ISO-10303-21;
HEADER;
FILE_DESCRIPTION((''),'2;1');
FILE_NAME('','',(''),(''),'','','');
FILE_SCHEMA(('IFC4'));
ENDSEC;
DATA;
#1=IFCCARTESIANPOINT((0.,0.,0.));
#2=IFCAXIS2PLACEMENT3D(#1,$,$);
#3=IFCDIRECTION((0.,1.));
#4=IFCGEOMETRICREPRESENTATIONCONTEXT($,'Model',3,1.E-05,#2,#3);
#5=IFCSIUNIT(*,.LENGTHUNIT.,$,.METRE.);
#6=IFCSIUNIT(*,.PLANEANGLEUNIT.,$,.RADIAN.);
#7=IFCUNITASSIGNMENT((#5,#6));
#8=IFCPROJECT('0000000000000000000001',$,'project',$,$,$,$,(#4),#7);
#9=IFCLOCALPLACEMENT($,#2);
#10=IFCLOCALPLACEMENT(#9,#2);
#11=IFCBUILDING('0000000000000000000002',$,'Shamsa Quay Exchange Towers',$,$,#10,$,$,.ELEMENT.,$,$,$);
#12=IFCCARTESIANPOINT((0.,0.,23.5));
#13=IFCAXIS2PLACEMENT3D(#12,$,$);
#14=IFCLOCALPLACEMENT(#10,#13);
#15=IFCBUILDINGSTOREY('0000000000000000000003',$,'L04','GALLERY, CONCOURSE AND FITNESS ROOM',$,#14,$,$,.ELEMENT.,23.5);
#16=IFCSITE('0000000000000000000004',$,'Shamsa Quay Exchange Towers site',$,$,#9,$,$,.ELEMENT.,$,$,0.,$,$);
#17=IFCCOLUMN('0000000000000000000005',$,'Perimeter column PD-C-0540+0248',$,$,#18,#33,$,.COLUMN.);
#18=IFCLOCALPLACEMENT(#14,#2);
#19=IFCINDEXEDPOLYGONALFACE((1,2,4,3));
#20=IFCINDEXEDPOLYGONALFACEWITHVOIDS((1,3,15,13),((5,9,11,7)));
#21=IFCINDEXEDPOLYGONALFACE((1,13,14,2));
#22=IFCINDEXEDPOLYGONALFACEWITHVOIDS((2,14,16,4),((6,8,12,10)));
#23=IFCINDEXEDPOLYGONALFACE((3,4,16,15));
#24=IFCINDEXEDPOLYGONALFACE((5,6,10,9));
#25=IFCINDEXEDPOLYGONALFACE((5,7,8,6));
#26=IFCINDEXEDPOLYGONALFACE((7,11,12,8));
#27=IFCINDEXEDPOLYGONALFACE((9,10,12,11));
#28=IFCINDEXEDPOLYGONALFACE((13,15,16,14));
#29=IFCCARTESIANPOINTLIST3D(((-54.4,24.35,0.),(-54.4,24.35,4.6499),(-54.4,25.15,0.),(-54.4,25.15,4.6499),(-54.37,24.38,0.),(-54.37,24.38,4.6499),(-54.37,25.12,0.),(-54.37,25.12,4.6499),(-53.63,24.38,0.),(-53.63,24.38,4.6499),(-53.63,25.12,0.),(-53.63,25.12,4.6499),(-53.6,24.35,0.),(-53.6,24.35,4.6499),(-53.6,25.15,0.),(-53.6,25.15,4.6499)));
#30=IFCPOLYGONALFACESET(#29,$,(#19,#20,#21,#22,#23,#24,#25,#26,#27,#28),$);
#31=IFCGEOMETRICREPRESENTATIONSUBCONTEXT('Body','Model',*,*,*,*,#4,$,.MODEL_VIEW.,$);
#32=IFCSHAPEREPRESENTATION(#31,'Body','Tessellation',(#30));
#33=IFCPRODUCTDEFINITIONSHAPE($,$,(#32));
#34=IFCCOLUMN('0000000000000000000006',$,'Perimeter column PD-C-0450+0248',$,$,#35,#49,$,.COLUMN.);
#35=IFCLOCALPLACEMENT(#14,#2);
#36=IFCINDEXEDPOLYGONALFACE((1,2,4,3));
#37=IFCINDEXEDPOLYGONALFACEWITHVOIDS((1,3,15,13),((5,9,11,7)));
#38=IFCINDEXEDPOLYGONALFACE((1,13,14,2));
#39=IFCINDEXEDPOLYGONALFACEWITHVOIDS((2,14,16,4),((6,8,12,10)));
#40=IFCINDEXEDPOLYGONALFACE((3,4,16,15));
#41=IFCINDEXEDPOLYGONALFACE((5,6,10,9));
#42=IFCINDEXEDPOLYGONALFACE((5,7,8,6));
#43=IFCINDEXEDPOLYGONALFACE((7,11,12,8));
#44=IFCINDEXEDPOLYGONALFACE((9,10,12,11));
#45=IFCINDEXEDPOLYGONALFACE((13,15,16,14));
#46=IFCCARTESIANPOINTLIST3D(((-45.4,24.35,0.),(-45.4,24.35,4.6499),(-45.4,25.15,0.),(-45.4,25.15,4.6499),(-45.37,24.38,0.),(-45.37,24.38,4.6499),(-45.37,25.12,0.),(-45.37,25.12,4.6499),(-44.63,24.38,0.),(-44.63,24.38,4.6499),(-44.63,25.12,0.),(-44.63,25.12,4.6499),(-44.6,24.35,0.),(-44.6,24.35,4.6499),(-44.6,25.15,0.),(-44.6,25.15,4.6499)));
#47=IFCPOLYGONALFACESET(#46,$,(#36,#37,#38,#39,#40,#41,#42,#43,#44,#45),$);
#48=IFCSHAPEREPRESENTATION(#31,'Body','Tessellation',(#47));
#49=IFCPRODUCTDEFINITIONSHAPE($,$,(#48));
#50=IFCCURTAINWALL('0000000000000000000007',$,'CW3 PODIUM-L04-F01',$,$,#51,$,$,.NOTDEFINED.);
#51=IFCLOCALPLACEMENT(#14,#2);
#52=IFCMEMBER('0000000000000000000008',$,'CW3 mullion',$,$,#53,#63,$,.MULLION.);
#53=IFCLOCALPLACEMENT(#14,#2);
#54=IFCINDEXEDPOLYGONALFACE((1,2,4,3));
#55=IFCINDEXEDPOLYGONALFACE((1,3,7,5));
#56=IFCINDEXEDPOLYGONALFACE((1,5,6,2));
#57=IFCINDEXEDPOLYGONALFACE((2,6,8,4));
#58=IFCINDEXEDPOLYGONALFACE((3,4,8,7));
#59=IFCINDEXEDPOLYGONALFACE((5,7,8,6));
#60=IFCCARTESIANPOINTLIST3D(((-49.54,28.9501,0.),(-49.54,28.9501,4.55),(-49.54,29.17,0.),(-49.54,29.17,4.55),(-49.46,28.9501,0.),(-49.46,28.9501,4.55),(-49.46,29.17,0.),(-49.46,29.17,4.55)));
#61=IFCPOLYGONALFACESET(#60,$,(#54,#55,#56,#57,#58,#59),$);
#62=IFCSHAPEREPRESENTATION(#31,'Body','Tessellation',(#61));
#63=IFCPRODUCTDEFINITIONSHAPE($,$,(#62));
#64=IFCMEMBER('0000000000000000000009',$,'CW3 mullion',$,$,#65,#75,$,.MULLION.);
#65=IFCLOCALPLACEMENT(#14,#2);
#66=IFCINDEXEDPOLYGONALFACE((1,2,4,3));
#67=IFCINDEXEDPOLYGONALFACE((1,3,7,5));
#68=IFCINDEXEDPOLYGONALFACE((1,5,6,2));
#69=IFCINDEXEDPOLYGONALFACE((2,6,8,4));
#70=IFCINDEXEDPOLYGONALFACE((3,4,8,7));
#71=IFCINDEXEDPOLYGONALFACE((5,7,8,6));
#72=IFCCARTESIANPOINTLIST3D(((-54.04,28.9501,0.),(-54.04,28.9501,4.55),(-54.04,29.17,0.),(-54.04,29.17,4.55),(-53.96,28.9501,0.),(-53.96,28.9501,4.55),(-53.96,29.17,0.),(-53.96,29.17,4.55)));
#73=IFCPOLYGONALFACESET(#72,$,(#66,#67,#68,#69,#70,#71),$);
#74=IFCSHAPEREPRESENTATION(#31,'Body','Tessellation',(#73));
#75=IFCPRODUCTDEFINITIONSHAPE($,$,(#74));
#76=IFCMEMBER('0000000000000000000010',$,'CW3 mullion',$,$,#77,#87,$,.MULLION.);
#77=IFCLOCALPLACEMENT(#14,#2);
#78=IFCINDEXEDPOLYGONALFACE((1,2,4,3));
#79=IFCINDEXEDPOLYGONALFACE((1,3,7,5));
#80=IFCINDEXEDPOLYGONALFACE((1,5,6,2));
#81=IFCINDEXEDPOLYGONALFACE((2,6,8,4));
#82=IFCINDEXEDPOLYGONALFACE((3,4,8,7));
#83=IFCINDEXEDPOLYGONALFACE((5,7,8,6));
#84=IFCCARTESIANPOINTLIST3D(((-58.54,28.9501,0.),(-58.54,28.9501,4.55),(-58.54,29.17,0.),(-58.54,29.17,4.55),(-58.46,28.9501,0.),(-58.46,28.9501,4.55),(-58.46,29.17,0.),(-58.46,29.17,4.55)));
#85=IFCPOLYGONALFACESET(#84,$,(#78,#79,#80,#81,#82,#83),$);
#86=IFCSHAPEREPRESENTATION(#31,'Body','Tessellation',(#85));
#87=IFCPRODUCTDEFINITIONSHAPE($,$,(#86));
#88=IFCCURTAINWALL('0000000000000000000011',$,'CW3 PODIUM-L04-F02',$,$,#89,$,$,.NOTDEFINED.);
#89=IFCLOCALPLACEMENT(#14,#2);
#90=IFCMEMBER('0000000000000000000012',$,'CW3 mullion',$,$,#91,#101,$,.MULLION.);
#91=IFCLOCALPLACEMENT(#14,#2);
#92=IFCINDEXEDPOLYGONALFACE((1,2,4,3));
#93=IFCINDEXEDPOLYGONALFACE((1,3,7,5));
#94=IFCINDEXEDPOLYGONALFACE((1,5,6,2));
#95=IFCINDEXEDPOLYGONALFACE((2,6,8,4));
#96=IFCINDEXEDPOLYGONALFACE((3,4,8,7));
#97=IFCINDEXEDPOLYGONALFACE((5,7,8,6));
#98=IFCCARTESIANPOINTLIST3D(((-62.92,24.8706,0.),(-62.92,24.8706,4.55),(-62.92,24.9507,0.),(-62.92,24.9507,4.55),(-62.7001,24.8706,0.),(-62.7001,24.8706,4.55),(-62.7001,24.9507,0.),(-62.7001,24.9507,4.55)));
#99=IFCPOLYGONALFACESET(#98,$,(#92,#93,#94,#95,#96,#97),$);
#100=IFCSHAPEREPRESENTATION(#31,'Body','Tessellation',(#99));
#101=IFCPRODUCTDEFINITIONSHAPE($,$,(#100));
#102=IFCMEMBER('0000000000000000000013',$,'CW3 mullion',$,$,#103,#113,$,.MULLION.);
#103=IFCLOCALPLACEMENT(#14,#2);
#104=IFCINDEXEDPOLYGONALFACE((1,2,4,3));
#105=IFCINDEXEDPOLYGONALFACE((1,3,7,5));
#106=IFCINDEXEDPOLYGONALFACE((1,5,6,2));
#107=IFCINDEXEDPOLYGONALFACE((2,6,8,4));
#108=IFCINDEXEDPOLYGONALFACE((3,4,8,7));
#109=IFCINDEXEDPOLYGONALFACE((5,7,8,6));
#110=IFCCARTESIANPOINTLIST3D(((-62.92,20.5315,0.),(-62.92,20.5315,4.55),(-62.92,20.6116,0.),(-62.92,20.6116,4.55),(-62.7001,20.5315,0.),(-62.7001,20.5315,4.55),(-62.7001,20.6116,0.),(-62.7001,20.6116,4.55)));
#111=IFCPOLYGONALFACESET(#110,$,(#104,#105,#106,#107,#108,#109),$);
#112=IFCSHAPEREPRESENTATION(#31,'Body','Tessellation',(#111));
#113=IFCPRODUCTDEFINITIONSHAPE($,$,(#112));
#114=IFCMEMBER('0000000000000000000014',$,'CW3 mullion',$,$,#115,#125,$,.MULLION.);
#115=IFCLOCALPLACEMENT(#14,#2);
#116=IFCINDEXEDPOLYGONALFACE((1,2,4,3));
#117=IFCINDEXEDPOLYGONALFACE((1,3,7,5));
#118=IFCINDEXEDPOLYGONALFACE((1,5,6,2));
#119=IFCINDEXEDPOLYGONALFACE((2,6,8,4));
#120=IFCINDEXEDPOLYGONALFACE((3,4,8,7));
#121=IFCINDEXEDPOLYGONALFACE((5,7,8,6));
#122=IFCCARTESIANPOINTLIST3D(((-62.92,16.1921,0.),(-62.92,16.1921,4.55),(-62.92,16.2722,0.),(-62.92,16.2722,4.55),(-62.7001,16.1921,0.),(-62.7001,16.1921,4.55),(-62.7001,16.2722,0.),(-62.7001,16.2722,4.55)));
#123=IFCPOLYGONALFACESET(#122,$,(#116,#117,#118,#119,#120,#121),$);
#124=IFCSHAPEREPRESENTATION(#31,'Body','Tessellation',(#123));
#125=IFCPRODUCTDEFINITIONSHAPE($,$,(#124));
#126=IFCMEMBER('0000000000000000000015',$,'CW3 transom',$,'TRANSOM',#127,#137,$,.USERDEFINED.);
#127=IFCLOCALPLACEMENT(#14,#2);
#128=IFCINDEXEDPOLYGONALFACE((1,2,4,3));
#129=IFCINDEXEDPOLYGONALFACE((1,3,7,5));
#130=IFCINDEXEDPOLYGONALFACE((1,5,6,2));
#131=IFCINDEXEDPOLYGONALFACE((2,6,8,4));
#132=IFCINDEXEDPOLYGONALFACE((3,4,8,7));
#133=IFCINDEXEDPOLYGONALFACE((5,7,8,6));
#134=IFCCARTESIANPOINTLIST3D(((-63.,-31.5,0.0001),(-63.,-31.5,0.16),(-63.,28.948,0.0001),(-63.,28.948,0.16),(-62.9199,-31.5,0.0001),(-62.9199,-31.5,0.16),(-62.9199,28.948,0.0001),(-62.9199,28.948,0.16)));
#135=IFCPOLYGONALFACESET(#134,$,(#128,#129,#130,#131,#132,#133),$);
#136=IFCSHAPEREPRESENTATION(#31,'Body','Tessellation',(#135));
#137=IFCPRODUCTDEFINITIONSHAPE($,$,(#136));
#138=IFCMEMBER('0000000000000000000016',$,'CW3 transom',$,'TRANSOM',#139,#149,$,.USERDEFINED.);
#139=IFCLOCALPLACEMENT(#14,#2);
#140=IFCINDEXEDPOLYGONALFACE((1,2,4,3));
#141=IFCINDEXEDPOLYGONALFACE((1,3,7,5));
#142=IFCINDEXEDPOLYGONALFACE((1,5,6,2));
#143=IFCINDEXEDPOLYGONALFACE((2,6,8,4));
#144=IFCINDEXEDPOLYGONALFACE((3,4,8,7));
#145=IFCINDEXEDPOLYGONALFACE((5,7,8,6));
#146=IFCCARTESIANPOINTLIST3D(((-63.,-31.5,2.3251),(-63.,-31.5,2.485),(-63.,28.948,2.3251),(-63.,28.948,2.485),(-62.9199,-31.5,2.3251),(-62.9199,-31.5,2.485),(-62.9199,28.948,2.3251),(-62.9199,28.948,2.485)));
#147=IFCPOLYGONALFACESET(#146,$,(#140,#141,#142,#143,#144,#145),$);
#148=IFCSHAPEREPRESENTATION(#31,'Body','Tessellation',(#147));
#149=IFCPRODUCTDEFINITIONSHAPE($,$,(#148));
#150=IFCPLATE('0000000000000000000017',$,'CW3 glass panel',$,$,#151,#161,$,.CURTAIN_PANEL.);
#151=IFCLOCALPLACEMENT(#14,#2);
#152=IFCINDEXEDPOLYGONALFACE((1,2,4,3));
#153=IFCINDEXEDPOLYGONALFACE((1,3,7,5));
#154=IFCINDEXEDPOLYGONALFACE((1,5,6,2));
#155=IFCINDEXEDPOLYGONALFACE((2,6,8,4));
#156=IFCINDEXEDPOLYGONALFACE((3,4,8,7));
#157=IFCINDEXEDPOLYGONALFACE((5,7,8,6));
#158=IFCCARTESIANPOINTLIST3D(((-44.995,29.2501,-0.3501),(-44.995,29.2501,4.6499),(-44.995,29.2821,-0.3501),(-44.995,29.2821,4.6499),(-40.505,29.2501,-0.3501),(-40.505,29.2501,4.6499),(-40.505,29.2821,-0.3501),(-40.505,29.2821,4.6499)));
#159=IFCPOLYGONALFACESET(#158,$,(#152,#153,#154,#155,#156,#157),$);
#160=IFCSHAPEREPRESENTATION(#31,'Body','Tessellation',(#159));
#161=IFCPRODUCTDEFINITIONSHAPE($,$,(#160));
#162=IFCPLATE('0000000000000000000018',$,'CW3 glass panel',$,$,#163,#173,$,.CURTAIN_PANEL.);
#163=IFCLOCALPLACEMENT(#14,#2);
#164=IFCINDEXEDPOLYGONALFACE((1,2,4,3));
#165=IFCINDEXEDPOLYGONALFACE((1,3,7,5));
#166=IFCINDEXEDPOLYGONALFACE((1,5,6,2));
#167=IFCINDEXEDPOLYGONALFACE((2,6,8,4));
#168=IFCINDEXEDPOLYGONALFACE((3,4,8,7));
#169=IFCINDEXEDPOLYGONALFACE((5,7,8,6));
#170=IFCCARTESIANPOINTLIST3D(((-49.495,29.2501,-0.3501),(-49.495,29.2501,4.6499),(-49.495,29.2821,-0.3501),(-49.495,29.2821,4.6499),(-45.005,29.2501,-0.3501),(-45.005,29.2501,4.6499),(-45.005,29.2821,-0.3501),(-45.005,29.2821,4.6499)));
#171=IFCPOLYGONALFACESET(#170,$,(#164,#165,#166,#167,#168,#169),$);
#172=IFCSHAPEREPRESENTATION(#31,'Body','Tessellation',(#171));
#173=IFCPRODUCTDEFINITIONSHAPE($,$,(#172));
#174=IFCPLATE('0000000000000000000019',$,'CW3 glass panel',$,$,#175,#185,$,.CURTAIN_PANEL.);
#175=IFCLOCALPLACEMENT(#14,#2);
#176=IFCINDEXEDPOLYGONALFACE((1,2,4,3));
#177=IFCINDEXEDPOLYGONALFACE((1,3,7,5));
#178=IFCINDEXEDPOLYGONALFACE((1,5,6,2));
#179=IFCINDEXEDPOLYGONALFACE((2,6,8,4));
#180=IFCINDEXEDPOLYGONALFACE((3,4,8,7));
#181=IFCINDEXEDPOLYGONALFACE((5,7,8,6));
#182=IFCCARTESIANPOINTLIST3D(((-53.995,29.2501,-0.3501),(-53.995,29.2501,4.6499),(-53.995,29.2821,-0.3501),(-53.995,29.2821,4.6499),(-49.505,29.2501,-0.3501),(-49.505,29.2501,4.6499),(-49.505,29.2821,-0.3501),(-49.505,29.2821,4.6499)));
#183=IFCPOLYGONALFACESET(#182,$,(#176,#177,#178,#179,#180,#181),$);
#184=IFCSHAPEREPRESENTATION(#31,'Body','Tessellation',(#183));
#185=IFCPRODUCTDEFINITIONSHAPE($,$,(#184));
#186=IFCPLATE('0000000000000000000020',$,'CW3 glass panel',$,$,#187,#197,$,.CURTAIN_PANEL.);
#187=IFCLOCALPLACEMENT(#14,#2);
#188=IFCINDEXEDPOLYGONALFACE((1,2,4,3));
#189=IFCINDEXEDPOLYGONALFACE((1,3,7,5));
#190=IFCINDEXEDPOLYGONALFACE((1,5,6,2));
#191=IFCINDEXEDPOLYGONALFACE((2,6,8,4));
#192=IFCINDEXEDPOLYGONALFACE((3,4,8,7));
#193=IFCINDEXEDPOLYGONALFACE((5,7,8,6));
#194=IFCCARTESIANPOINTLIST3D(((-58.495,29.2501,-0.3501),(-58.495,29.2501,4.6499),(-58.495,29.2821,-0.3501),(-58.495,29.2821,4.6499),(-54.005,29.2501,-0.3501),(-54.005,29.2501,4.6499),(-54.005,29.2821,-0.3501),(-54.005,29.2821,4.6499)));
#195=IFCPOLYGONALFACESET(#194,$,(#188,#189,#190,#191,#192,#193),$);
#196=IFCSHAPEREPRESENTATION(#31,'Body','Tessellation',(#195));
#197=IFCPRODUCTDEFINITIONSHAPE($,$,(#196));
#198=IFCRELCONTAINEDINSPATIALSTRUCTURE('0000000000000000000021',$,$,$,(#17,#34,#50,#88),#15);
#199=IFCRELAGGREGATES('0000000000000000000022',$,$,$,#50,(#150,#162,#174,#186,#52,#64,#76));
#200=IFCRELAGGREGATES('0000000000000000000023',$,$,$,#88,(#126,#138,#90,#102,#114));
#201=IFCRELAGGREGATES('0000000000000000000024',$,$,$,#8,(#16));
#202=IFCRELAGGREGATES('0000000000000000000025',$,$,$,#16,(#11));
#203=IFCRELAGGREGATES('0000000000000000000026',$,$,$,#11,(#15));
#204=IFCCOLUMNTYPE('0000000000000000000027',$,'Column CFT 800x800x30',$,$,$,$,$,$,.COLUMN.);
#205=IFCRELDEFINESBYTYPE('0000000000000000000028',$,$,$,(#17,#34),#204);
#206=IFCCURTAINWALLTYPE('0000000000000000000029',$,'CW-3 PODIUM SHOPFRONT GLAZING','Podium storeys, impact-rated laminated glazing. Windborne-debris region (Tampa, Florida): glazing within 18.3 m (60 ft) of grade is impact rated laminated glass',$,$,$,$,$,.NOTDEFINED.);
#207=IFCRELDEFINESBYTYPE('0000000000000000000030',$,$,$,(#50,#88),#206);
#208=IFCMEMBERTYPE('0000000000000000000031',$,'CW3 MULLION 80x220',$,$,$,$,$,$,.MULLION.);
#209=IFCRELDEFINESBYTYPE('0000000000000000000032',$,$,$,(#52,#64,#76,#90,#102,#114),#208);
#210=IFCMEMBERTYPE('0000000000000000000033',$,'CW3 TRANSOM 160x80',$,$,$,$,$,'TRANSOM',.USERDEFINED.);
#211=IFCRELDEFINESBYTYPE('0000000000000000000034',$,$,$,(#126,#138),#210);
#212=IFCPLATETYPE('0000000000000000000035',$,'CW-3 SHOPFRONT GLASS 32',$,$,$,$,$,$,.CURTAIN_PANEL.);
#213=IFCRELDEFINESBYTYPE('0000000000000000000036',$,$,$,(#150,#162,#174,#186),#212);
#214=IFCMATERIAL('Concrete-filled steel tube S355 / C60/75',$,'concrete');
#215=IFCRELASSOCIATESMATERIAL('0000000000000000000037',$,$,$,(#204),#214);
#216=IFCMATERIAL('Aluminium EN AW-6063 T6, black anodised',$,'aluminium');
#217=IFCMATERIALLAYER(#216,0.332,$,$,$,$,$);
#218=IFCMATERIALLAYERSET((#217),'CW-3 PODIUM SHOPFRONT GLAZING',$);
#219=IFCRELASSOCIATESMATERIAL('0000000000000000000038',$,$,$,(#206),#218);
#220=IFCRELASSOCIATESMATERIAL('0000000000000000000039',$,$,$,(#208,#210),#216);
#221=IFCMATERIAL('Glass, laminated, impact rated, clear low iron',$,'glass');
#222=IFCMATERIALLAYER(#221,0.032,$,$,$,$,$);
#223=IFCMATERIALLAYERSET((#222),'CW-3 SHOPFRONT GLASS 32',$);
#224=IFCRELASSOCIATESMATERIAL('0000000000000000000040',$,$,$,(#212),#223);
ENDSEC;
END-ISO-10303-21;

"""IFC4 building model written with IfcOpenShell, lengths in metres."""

from ifc_helpers import new_model, si_unit, direction, frame, origin, origin_2d, place, context, subcontext, project, spatial, rectangle, hollow_rectangle, extrude, material, layer, layer_set, material_profile, profile_set, type_object, element, aggregate, save


model = new_model("IFC4")

# Units and contexts
model_context = context("Model", 3, precision=1e-05, world=origin(), true_north=direction((0.0, 1.0)))
body_context = subcontext(model_context, "Body", "Model", "MODEL_VIEW")
ifc_project = project(units=[si_unit("LENGTHUNIT", "METRE"), si_unit("PLANEANGLEUNIT", "RADIAN")], contexts=[model_context])

# Site, building, storey
site_placement = place(None, origin())
site = spatial("IfcSite", under=ifc_project, at=site_placement, Name="Shamsa Quay Exchange Towers site", CompositionType="ELEMENT", RefElevation=0.0)
building_placement = place(site_placement, origin())
building = spatial("IfcBuilding", under=site, at=building_placement, Name="Shamsa Quay Exchange Towers", CompositionType="ELEMENT")
storey_placement = place(building_placement, frame((0.0, 0.0, 23.5)))
storey = spatial("IfcBuildingStorey", under=building, at=storey_placement, Name="L04", Description="GALLERY, CONCOURSE AND FITNESS ROOM", CompositionType="ELEMENT", Elevation=23.5)

# Columns
ifc_material_1 = material(Name="Concrete-filled steel tube S355 / C60/75", Category="concrete")
ifc_material_profile_1 = material_profile(ifc_material_1, hollow_rectangle(XDim=0.8, YDim=0.8, WallThickness=0.03, at=origin_2d()), Name="CFT 800x800x30")
ifc_profile_set_1 = profile_set([ifc_material_profile_1], Name="Concrete-filled steel tube S355 / C60/75")
column_type = type_object("IfcColumnType", Name="Column CFT 800x800x30", PredefinedType="COLUMN", material=ifc_profile_set_1)
for number, where, name in (
    (1, (-54.0, 24.75, 0.0), "Perimeter column PD-C-0540+0248"),
    (2, (-45.0, 24.75, 0.0), "Perimeter column PD-C-0450+0248"),
):
    element("IfcColumn", number, at=place(storey_placement, frame(where)), inside=storey, type_object=column_type, Name=name, PredefinedType="COLUMN", context=body_context, shape_type="SweptSolid", body=[
        extrude(hollow_rectangle(XDim=0.8, YDim=0.8, WallThickness=0.03, at=origin_2d()), origin(), (0.0, 0.0, 1.0), 4.6499),
    ])

# Curtain walls, members
ifc_material_2 = material(Name="Aluminium EN AW-6063 T6, black anodised", Category="aluminium")
ifc_layer_1 = layer(ifc_material_2, 0.332)
ifc_layer_set_1 = layer_set([ifc_layer_1], Name="CW-3 PODIUM SHOPFRONT GLAZING")
curtain_wall_type = type_object("IfcCurtainWallType", Name="CW-3 PODIUM SHOPFRONT GLAZING", Description="Podium storeys, impact-rated laminated glazing. Windborne-debris region (Tampa, Florida): glazing within 18.3 m (60 ft) of grade is impact rated laminated glass", PredefinedType="NOTDEFINED", material=ifc_layer_set_1)
curtain_wall_1_placement = place(storey_placement, origin())
curtain_wall_1 = element("IfcCurtainWall", 3, at=curtain_wall_1_placement, inside=storey, type_object=curtain_wall_type, Name="CW3 PODIUM-L04-F01", PredefinedType="NOTDEFINED")
ifc_material_profile_2 = material_profile(ifc_material_2, rectangle(XDim=0.22, YDim=0.0801, at=origin_2d()), Name="MU80x220")
ifc_profile_set_2 = profile_set([ifc_material_profile_2], Name="Aluminium EN AW-6063 T6, black anodised")
member_type_1 = type_object("IfcMemberType", Name="CW3 MULLION 80x220", PredefinedType="MULLION", material=ifc_profile_set_2)
member_1_placement = place(storey_placement, frame((-49.5, 29.0601, 0.0), z_axis=(0.0, 0.0, 1.0), x_axis=(0.0, -1.0, 0.0)))
member_1 = element("IfcMember", 4, at=member_1_placement, type_object=member_type_1, Name="CW3 mullion", PredefinedType="MULLION", context=body_context, shape_type="SweptSolid", body=[
    extrude(rectangle(XDim=0.22, YDim=0.0801, at=origin_2d()), origin(), (0.0, 0.0, 1.0), 4.55),
])
member_2_placement = place(storey_placement, frame((-54.0, 29.0601, 0.0), z_axis=(0.0, 0.0, 1.0), x_axis=(0.0, -1.0, 0.0)))
member_2 = element("IfcMember", 5, at=member_2_placement, type_object=member_type_1, Name="CW3 mullion", PredefinedType="MULLION", context=body_context, shape_type="SweptSolid", body=[
    extrude(rectangle(XDim=0.22, YDim=0.0801, at=origin_2d()), origin(), (0.0, 0.0, 1.0), 4.55),
])
member_3_placement = place(storey_placement, frame((-58.5, 29.0601, 0.0), z_axis=(0.0, 0.0, 1.0), x_axis=(0.0, -1.0, 0.0)))
member_3 = element("IfcMember", 6, at=member_3_placement, type_object=member_type_1, Name="CW3 mullion", PredefinedType="MULLION", context=body_context, shape_type="SweptSolid", body=[
    extrude(rectangle(XDim=0.22, YDim=0.0801, at=origin_2d()), origin(), (0.0, 0.0, 1.0), 4.55),
])
curtain_wall_2_placement = place(storey_placement, origin())
curtain_wall_2 = element("IfcCurtainWall", 7, at=curtain_wall_2_placement, inside=storey, type_object=curtain_wall_type, Name="CW3 PODIUM-L04-F02", PredefinedType="NOTDEFINED")
member_4_placement = place(storey_placement, frame((-62.8101, 24.9106, 0.0)))
member_4 = element("IfcMember", 8, at=member_4_placement, type_object=member_type_1, Name="CW3 mullion", PredefinedType="MULLION", context=body_context, shape_type="SweptSolid", body=[
    extrude(rectangle(XDim=0.22, YDim=0.0801, at=origin_2d()), origin(), (0.0, 0.0, 1.0), 4.55),
])
member_5_placement = place(storey_placement, frame((-62.8101, 20.5715, 0.0)))
member_5 = element("IfcMember", 9, at=member_5_placement, type_object=member_type_1, Name="CW3 mullion", PredefinedType="MULLION", context=body_context, shape_type="SweptSolid", body=[
    extrude(rectangle(XDim=0.22, YDim=0.0801, at=origin_2d()), origin(), (0.0, 0.0, 1.0), 4.55),
])
member_6_placement = place(storey_placement, frame((-62.8101, 16.2322, 0.0)))
member_6 = element("IfcMember", 10, at=member_6_placement, type_object=member_type_1, Name="CW3 mullion", PredefinedType="MULLION", context=body_context, shape_type="SweptSolid", body=[
    extrude(rectangle(XDim=0.22, YDim=0.0801, at=origin_2d()), origin(), (0.0, 0.0, 1.0), 4.55),
])
ifc_material_profile_3 = material_profile(ifc_material_2, rectangle(XDim=0.0801, YDim=0.1599, at=origin_2d()), Name="TR160x80")
ifc_profile_set_3 = profile_set([ifc_material_profile_3], Name="Aluminium EN AW-6063 T6, black anodised")
member_type_2 = type_object("IfcMemberType", Name="CW3 TRANSOM 160x80", ElementType="TRANSOM", PredefinedType="USERDEFINED", material=ifc_profile_set_3)
member_7_placement = place(storey_placement, frame((-62.96, 28.948, 0.0801), z_axis=(0.0, -1.0, 0.0), x_axis=(1.0, 0.0, 0.0)))
member_7 = element("IfcMember", 11, at=member_7_placement, type_object=member_type_2, Name="CW3 transom", ObjectType="TRANSOM", PredefinedType="USERDEFINED", context=body_context, shape_type="SweptSolid", body=[
    extrude(rectangle(XDim=0.0801, YDim=0.1599, at=origin_2d()), origin(), (0.0, 0.0, 1.0), 60.448),
])
member_8_placement = place(storey_placement, frame((-62.96, 28.948, 2.405), z_axis=(0.0, -1.0, 0.0), x_axis=(1.0, 0.0, 0.0)))
member_8 = element("IfcMember", 12, at=member_8_placement, type_object=member_type_2, Name="CW3 transom", ObjectType="TRANSOM", PredefinedType="USERDEFINED", context=body_context, shape_type="SweptSolid", body=[
    extrude(rectangle(XDim=0.0801, YDim=0.1599, at=origin_2d()), origin(), (0.0, 0.0, 1.0), 60.448),
])

# Plates
ifc_material_3 = material(Name="Glass, laminated, impact rated, clear low iron", Category="glass")
ifc_layer_2 = layer(ifc_material_3, 0.032)
ifc_layer_set_2 = layer_set([ifc_layer_2], Name="CW-3 SHOPFRONT GLASS 32")
plate_type = type_object("IfcPlateType", Name="CW-3 SHOPFRONT GLASS 32", PredefinedType="CURTAIN_PANEL", material=ifc_layer_set_2)
plate_1_placement = place(storey_placement, frame((-42.75, 29.2661, -0.3501), z_axis=(0.0, 0.0, 1.0), x_axis=(-1.0, 0.0, 0.0)))
plate_1 = element("IfcPlate", 13, at=plate_1_placement, type_object=plate_type, Name="CW3 glass panel", PredefinedType="CURTAIN_PANEL", context=body_context, shape_type="SweptSolid", body=[
    extrude(rectangle(XDim=4.49, YDim=0.032, at=origin_2d()), origin(), (0.0, 0.0, 1.0), 5.0),
])
plate_2_placement = place(storey_placement, frame((-47.25, 29.2661, -0.3501), z_axis=(0.0, 0.0, 1.0), x_axis=(-1.0, 0.0, 0.0)))
plate_2 = element("IfcPlate", 14, at=plate_2_placement, type_object=plate_type, Name="CW3 glass panel", PredefinedType="CURTAIN_PANEL", context=body_context, shape_type="SweptSolid", body=[
    extrude(rectangle(XDim=4.49, YDim=0.032, at=origin_2d()), origin(), (0.0, 0.0, 1.0), 5.0),
])
plate_3_placement = place(storey_placement, frame((-51.75, 29.2661, -0.3501), z_axis=(0.0, 0.0, 1.0), x_axis=(-1.0, 0.0, 0.0)))
plate_3 = element("IfcPlate", 15, at=plate_3_placement, type_object=plate_type, Name="CW3 glass panel", PredefinedType="CURTAIN_PANEL", context=body_context, shape_type="SweptSolid", body=[
    extrude(rectangle(XDim=4.49, YDim=0.032, at=origin_2d()), origin(), (0.0, 0.0, 1.0), 5.0),
])
plate_4_placement = place(storey_placement, frame((-56.25, 29.2661, -0.3501), z_axis=(0.0, 0.0, 1.0), x_axis=(-1.0, 0.0, 0.0)))
plate_4 = element("IfcPlate", 16, at=plate_4_placement, type_object=plate_type, Name="CW3 glass panel", PredefinedType="CURTAIN_PANEL", context=body_context, shape_type="SweptSolid", body=[
    extrude(rectangle(XDim=4.49, YDim=0.032, at=origin_2d()), origin(), (0.0, 0.0, 1.0), 5.0),
])
aggregate(curtain_wall_1, [plate_1, plate_2, plate_3, plate_4, member_1, member_2, member_3])
aggregate(curtain_wall_2, [member_7, member_8, member_4, member_5, member_6])

save(model, "model.ifc")
